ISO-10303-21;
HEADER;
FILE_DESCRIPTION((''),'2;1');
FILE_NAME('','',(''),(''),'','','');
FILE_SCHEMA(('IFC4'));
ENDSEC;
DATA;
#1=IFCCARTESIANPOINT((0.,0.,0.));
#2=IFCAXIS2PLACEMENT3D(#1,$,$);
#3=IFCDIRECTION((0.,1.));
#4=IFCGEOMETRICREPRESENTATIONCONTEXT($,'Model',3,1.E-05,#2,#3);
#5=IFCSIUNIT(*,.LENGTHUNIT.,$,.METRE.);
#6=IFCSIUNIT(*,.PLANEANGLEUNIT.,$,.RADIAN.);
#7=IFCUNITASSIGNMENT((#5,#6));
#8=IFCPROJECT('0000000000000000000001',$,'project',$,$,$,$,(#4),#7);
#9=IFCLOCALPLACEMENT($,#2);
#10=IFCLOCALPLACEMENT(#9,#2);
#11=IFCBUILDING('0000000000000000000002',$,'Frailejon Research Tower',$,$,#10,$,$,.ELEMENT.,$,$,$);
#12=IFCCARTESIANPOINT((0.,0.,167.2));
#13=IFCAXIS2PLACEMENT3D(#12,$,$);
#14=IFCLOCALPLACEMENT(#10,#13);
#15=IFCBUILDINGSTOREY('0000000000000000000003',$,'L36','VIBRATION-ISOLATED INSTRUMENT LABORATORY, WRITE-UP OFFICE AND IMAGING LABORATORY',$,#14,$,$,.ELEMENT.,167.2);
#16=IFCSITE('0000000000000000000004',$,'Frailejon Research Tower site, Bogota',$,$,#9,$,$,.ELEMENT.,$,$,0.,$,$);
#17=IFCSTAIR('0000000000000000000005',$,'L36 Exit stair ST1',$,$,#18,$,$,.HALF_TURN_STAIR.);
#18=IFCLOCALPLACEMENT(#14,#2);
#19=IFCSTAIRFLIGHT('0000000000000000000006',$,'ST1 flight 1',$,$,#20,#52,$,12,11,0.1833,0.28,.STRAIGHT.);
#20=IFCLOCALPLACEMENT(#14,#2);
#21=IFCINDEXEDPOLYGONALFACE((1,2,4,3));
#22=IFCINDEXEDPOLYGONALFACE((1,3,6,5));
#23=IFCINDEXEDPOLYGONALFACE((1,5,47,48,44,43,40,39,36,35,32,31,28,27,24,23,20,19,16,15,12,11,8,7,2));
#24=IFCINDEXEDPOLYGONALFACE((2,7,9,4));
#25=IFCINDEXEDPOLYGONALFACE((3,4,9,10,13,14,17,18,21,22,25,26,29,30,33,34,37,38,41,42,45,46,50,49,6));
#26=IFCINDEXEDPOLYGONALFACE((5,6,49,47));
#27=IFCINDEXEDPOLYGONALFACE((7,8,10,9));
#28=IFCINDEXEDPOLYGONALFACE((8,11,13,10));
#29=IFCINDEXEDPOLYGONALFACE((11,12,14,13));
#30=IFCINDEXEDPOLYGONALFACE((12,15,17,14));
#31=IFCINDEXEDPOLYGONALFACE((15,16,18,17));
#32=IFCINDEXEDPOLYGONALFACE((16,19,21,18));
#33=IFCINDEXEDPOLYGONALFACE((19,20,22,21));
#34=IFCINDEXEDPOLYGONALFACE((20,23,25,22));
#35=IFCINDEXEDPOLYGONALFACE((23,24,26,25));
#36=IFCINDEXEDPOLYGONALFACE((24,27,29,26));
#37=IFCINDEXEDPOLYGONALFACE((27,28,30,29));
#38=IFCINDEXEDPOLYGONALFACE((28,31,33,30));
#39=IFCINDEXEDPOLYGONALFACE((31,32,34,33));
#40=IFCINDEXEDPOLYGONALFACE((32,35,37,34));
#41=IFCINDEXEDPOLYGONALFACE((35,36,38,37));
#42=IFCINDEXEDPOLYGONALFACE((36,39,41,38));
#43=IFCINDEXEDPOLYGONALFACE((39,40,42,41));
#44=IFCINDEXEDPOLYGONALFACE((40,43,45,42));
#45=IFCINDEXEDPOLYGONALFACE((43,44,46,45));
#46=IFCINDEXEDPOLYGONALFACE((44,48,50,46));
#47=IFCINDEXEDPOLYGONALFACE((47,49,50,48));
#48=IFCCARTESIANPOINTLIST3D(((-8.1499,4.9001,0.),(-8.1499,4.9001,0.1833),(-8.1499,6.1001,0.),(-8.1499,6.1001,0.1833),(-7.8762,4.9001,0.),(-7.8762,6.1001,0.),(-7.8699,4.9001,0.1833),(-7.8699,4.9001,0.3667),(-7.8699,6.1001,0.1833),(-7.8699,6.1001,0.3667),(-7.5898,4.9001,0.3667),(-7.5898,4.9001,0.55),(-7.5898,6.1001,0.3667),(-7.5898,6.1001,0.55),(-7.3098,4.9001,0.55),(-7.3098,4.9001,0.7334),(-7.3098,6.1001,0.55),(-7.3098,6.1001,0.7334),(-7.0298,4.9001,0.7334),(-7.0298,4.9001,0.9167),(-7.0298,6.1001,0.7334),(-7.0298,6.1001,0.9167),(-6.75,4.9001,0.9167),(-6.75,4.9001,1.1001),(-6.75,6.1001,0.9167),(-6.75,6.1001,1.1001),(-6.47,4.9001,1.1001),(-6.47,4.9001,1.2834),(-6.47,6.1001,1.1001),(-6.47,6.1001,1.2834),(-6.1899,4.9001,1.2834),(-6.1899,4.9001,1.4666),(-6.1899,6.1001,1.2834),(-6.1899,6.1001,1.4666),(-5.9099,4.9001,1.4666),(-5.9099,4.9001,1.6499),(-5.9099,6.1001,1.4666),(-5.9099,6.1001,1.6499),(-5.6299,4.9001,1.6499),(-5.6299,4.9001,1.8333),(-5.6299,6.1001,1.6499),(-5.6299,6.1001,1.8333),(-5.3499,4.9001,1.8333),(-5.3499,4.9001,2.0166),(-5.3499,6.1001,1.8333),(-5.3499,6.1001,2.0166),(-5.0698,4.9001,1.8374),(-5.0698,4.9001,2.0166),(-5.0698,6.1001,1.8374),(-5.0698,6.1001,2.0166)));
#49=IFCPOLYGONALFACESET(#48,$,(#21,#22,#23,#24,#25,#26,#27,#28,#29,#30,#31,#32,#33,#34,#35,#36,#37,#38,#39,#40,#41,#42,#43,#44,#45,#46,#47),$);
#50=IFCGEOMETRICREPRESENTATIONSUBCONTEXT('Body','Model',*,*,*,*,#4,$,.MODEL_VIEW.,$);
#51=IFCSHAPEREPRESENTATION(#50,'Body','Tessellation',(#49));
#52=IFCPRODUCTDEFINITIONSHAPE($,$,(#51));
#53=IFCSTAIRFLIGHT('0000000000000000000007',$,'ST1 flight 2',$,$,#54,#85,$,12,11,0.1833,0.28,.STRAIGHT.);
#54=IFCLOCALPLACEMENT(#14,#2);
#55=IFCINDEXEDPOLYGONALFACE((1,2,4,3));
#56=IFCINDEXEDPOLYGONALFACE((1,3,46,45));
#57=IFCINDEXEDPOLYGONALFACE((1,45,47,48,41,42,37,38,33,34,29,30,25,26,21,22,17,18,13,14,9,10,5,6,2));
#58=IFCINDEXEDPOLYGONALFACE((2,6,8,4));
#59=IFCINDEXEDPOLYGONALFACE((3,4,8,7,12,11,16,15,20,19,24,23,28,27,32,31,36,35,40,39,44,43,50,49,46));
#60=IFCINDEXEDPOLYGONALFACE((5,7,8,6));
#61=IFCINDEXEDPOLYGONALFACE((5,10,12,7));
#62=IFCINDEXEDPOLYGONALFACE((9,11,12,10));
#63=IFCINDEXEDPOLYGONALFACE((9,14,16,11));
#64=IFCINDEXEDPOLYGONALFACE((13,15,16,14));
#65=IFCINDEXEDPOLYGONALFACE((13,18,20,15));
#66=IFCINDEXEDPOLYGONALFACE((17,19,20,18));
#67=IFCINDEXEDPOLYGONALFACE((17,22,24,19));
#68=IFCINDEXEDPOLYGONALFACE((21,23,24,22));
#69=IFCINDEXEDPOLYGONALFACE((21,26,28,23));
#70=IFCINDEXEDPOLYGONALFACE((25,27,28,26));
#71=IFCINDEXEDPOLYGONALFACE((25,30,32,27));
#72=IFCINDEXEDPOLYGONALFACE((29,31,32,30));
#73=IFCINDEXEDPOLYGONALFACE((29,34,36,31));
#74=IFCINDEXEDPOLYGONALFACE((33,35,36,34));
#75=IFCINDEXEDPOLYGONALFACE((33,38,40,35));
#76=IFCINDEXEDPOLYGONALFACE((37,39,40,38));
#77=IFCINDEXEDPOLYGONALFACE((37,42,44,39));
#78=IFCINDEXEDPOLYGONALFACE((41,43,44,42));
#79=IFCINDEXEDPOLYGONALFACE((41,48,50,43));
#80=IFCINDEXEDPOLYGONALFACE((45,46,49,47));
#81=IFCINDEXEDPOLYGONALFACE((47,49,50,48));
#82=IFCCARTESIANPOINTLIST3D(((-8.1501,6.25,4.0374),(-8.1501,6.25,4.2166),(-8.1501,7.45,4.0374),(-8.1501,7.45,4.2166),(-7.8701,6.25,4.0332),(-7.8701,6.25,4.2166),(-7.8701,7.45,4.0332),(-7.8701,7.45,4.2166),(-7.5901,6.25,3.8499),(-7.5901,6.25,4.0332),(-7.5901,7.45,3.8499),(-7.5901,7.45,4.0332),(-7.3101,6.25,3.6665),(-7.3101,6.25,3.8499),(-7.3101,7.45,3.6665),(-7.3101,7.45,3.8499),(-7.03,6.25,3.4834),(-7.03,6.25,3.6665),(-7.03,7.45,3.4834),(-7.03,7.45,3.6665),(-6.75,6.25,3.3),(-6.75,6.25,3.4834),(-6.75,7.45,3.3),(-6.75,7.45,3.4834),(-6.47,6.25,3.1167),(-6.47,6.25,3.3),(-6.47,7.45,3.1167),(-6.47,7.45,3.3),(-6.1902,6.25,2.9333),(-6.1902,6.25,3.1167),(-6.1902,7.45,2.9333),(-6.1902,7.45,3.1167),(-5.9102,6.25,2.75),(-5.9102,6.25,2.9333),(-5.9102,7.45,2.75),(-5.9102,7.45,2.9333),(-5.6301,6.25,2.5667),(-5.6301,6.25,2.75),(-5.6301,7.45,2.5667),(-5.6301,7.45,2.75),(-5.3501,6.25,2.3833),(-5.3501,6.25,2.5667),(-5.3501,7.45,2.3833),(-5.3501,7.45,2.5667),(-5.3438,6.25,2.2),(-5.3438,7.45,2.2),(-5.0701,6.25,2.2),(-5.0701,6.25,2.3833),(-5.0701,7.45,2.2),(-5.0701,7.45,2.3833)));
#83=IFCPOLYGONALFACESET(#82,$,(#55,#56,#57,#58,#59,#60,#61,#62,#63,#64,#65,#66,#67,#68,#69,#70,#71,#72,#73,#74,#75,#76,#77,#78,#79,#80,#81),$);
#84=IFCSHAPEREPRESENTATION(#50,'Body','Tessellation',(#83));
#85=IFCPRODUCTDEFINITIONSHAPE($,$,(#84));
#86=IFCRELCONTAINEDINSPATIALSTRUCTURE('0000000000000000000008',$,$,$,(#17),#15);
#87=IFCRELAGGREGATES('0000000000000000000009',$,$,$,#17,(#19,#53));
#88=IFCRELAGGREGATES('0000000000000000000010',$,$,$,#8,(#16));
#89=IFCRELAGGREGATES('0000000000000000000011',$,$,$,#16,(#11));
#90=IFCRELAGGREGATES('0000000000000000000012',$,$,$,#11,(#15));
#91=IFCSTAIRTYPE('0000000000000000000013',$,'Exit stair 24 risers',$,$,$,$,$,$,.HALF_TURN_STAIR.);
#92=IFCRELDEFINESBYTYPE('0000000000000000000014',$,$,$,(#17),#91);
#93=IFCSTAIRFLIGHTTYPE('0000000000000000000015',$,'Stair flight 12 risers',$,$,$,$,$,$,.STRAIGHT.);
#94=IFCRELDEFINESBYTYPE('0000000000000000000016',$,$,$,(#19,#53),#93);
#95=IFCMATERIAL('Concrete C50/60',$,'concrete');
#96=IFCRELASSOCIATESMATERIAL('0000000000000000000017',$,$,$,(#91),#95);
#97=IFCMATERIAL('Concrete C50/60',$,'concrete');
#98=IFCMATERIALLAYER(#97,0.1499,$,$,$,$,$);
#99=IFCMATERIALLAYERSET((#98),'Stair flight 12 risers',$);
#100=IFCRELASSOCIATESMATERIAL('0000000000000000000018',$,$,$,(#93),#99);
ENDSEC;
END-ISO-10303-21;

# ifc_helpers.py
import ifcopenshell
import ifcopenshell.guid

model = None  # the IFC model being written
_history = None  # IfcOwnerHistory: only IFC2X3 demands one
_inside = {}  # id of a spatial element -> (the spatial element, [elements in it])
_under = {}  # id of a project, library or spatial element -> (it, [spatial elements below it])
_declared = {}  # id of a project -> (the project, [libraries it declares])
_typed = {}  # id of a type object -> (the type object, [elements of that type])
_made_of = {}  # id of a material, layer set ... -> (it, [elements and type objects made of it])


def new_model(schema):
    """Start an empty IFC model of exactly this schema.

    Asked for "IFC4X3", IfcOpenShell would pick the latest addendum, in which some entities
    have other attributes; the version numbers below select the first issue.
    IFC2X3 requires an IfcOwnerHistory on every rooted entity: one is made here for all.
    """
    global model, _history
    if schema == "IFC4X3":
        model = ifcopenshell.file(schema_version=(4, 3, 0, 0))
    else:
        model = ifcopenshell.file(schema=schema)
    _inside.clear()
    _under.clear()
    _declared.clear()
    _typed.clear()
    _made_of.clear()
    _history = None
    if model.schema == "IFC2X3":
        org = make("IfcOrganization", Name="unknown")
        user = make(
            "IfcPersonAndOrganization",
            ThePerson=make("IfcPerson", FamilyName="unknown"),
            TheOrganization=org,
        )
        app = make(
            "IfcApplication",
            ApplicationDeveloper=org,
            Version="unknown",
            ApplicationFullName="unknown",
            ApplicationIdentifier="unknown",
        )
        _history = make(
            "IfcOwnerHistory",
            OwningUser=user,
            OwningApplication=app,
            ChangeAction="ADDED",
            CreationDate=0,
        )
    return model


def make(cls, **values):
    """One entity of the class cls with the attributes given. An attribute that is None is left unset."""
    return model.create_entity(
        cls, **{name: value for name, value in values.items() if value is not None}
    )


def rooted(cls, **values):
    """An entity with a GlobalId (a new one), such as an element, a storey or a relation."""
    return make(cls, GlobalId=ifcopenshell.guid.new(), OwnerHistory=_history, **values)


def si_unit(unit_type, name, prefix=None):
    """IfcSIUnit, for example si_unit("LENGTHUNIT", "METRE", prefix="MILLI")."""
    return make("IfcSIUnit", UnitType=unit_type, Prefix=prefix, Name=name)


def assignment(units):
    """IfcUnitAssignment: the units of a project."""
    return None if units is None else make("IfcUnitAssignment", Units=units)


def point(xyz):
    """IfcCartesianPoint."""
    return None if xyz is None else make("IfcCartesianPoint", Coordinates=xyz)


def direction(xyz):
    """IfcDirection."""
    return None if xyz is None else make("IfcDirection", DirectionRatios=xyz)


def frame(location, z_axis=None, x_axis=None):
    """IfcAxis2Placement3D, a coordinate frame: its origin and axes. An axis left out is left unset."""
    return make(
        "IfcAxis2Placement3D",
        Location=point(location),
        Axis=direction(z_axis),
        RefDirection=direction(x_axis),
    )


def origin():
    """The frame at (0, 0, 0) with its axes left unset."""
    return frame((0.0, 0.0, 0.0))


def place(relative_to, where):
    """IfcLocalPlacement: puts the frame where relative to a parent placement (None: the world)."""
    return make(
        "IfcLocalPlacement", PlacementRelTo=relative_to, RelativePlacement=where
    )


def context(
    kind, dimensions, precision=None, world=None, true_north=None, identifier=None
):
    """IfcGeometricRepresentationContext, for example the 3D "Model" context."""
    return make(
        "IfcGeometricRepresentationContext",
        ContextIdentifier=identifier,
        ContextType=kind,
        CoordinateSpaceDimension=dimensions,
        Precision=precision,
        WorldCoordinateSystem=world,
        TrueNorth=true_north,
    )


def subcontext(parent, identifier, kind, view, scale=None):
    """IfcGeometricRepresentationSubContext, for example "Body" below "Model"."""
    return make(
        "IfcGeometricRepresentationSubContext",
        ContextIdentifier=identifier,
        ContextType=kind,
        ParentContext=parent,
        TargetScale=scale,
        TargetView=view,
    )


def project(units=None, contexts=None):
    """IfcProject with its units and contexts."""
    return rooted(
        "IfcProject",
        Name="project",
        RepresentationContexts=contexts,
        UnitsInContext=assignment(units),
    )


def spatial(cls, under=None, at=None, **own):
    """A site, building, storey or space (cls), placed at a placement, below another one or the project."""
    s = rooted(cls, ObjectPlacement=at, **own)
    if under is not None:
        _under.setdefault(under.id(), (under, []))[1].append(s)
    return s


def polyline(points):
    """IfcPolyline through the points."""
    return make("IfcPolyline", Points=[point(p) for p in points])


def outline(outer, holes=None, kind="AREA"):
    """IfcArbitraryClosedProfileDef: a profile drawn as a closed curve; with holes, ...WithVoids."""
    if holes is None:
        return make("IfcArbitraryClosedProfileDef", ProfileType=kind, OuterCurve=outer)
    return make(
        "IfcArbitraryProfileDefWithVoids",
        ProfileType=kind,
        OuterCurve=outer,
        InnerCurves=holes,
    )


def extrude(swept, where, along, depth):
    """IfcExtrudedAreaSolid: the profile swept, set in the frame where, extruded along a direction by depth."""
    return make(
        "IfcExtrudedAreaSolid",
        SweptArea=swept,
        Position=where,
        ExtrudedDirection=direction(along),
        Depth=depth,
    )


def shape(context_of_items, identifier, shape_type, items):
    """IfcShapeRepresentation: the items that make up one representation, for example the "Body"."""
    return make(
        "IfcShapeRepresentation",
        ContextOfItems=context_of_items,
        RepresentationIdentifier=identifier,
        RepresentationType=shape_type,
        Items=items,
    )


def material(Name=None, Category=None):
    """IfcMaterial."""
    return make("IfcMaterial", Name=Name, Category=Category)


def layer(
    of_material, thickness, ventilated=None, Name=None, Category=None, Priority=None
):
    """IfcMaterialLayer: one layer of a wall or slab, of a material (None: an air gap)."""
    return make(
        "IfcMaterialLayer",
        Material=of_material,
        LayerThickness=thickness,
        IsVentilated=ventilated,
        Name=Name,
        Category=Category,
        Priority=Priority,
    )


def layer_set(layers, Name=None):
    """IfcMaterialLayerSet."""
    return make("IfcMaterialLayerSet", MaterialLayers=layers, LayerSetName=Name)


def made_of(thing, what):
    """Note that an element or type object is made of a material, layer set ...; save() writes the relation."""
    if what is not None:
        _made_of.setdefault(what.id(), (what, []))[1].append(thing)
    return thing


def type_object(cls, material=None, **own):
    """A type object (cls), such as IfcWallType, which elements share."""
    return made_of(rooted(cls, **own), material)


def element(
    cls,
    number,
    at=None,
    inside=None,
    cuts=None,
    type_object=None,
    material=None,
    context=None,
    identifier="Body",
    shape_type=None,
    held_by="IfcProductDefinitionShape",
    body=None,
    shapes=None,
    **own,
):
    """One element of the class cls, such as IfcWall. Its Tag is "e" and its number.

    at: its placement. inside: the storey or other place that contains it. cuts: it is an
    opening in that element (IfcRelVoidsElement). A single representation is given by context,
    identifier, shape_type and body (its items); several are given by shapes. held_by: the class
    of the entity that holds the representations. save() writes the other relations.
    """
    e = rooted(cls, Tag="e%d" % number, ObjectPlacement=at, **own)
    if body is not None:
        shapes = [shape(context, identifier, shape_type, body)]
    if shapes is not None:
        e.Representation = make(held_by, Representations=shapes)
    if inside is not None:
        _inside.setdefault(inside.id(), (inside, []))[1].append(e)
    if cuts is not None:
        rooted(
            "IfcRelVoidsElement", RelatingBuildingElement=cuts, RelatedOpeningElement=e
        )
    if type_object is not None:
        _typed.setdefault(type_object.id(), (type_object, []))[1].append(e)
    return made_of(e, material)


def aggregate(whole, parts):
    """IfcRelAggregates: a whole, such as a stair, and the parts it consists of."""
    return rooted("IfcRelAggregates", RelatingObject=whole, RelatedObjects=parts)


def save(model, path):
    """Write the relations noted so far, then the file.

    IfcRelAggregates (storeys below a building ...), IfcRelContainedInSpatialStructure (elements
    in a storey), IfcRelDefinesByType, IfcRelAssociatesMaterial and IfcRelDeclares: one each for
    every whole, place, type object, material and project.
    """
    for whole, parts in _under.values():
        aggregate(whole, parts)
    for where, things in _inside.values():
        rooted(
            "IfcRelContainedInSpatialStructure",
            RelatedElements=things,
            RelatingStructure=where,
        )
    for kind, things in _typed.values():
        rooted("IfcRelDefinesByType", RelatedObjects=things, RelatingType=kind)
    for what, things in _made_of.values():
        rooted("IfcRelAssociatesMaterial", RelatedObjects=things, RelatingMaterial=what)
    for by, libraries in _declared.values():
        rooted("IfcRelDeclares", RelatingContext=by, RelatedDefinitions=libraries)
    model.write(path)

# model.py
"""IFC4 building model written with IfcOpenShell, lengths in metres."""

from ifc_helpers import new_model, si_unit, direction, frame, origin, place, context, subcontext, project, spatial, polyline, outline, extrude, material, layer, layer_set, type_object, element, aggregate, save


model = new_model("IFC4")

# Units and contexts
model_context = context("Model", 3, precision=1e-05, world=origin(), true_north=direction((0.0, 1.0)))
body_context = subcontext(model_context, "Body", "Model", "MODEL_VIEW")
ifc_project = project(units=[si_unit("LENGTHUNIT", "METRE"), si_unit("PLANEANGLEUNIT", "RADIAN")], contexts=[model_context])

# Site, building, storey
site_placement = place(None, origin())
site = spatial("IfcSite", under=ifc_project, at=site_placement, Name="Frailejon Research Tower site, Bogota", CompositionType="ELEMENT", RefElevation=0.0)
building_placement = place(site_placement, origin())
building = spatial("IfcBuilding", under=site, at=building_placement, Name="Frailejon Research Tower", CompositionType="ELEMENT")
storey_placement = place(building_placement, frame((0.0, 0.0, 167.2)))
storey = spatial("IfcBuildingStorey", under=building, at=storey_placement, Name="L36", Description="VIBRATION-ISOLATED INSTRUMENT LABORATORY, WRITE-UP OFFICE AND IMAGING LABORATORY", CompositionType="ELEMENT", Elevation=167.2)

# Stair, stair flights
ifc_material_1 = material(Name="Concrete C50/60", Category="concrete")
stair_type = type_object("IfcStairType", Name="Exit stair 24 risers", PredefinedType="HALF_TURN_STAIR", material=ifc_material_1)
stair_placement = place(storey_placement, origin())
stair = element("IfcStair", 1, at=stair_placement, inside=storey, type_object=stair_type, Name="L36 Exit stair ST1", PredefinedType="HALF_TURN_STAIR")
ifc_material_2 = material(Name="Concrete C50/60", Category="concrete")
ifc_layer_1 = layer(ifc_material_2, 0.1499)
ifc_layer_set_1 = layer_set([ifc_layer_1], Name="Stair flight 12 risers")
stair_flight_type = type_object("IfcStairFlightType", Name="Stair flight 12 risers", PredefinedType="STRAIGHT", material=ifc_layer_set_1)
stair_flight_1_placement = place(storey_placement, frame((-8.1499, 5.5, 0.0), z_axis=(0.0, 0.0, 1.0), x_axis=(1.0, 0.0, 0.0)))
stair_flight_1 = element("IfcStairFlight", 2, at=stair_flight_1_placement, type_object=stair_flight_type, Name="ST1 flight 1", NumberOfRisers=12, NumberOfTreads=11, PredefinedType="STRAIGHT", RiserHeight=0.1833, TreadLength=0.28, context=body_context, shape_type="SweptSolid", body=[
    extrude(outline(polyline([(0.0, 0.0), (0.0, 0.1833), (0.28, 0.1833), (0.28, 0.3667), (0.5601, 0.3667), (0.5601, 0.55), (0.8401, 0.55), (0.8401, 0.7334), (1.1201, 0.7334), (1.1201, 0.9167), (1.3999, 0.9167), (1.3999, 1.1001), (1.6799, 1.1001), (1.6799, 1.2834), (1.96, 1.2834), (1.96, 1.4666), (2.24, 1.4666), (2.24, 1.6499), (2.52, 1.6499), (2.52, 1.8333), (2.8, 1.8333), (2.8, 2.0166), (3.0801, 2.0166), (3.0801, 2.2), (3.0801, 1.8374), (0.2737, 0.0), (0.0, 0.0)])), frame((0.0, 0.6001, 0.0), z_axis=(0.0, -1.0, 0.0), x_axis=(1.0, 0.0, 0.0)), (0.0, 0.0, 1.0), 1.2),
])
stair_flight_2_placement = place(storey_placement, frame((-5.0701, 6.8501, 2.2), z_axis=(0.0, 0.0, 1.0), x_axis=(-1.0, 0.0, 0.0)))
stair_flight_2 = element("IfcStairFlight", 3, at=stair_flight_2_placement, type_object=stair_flight_type, Name="ST1 flight 2", NumberOfRisers=12, NumberOfTreads=11, PredefinedType="STRAIGHT", RiserHeight=0.1833, TreadLength=0.28, context=body_context, shape_type="SweptSolid", body=[
    extrude(outline(polyline([(0.0, 0.0), (0.0, 0.1833), (0.28, 0.1833), (0.28, 0.3667), (0.5601, 0.3667), (0.5601, 0.55), (0.8401, 0.55), (0.8401, 0.7334), (1.1201, 0.7334), (1.1201, 0.9167), (1.3999, 0.9167), (1.3999, 1.1001), (1.6799, 1.1001), (1.6799, 1.2834), (1.96, 1.2834), (1.96, 1.4666), (2.24, 1.4666), (2.24, 1.6499), (2.52, 1.6499), (2.52, 1.8333), (2.8, 1.8333), (2.8, 2.0166), (3.0801, 2.0166), (3.0801, 2.2), (3.0801, 1.8374), (0.2737, 0.0), (0.0, 0.0)])), frame((0.0, 0.6001, 0.0), z_axis=(0.0, -1.0, 0.0), x_axis=(1.0, 0.0, 0.0)), (0.0, 0.0, 1.0), 1.2),
])
aggregate(stair, [stair_flight_1, stair_flight_2])

save(model, "model.ifc")
